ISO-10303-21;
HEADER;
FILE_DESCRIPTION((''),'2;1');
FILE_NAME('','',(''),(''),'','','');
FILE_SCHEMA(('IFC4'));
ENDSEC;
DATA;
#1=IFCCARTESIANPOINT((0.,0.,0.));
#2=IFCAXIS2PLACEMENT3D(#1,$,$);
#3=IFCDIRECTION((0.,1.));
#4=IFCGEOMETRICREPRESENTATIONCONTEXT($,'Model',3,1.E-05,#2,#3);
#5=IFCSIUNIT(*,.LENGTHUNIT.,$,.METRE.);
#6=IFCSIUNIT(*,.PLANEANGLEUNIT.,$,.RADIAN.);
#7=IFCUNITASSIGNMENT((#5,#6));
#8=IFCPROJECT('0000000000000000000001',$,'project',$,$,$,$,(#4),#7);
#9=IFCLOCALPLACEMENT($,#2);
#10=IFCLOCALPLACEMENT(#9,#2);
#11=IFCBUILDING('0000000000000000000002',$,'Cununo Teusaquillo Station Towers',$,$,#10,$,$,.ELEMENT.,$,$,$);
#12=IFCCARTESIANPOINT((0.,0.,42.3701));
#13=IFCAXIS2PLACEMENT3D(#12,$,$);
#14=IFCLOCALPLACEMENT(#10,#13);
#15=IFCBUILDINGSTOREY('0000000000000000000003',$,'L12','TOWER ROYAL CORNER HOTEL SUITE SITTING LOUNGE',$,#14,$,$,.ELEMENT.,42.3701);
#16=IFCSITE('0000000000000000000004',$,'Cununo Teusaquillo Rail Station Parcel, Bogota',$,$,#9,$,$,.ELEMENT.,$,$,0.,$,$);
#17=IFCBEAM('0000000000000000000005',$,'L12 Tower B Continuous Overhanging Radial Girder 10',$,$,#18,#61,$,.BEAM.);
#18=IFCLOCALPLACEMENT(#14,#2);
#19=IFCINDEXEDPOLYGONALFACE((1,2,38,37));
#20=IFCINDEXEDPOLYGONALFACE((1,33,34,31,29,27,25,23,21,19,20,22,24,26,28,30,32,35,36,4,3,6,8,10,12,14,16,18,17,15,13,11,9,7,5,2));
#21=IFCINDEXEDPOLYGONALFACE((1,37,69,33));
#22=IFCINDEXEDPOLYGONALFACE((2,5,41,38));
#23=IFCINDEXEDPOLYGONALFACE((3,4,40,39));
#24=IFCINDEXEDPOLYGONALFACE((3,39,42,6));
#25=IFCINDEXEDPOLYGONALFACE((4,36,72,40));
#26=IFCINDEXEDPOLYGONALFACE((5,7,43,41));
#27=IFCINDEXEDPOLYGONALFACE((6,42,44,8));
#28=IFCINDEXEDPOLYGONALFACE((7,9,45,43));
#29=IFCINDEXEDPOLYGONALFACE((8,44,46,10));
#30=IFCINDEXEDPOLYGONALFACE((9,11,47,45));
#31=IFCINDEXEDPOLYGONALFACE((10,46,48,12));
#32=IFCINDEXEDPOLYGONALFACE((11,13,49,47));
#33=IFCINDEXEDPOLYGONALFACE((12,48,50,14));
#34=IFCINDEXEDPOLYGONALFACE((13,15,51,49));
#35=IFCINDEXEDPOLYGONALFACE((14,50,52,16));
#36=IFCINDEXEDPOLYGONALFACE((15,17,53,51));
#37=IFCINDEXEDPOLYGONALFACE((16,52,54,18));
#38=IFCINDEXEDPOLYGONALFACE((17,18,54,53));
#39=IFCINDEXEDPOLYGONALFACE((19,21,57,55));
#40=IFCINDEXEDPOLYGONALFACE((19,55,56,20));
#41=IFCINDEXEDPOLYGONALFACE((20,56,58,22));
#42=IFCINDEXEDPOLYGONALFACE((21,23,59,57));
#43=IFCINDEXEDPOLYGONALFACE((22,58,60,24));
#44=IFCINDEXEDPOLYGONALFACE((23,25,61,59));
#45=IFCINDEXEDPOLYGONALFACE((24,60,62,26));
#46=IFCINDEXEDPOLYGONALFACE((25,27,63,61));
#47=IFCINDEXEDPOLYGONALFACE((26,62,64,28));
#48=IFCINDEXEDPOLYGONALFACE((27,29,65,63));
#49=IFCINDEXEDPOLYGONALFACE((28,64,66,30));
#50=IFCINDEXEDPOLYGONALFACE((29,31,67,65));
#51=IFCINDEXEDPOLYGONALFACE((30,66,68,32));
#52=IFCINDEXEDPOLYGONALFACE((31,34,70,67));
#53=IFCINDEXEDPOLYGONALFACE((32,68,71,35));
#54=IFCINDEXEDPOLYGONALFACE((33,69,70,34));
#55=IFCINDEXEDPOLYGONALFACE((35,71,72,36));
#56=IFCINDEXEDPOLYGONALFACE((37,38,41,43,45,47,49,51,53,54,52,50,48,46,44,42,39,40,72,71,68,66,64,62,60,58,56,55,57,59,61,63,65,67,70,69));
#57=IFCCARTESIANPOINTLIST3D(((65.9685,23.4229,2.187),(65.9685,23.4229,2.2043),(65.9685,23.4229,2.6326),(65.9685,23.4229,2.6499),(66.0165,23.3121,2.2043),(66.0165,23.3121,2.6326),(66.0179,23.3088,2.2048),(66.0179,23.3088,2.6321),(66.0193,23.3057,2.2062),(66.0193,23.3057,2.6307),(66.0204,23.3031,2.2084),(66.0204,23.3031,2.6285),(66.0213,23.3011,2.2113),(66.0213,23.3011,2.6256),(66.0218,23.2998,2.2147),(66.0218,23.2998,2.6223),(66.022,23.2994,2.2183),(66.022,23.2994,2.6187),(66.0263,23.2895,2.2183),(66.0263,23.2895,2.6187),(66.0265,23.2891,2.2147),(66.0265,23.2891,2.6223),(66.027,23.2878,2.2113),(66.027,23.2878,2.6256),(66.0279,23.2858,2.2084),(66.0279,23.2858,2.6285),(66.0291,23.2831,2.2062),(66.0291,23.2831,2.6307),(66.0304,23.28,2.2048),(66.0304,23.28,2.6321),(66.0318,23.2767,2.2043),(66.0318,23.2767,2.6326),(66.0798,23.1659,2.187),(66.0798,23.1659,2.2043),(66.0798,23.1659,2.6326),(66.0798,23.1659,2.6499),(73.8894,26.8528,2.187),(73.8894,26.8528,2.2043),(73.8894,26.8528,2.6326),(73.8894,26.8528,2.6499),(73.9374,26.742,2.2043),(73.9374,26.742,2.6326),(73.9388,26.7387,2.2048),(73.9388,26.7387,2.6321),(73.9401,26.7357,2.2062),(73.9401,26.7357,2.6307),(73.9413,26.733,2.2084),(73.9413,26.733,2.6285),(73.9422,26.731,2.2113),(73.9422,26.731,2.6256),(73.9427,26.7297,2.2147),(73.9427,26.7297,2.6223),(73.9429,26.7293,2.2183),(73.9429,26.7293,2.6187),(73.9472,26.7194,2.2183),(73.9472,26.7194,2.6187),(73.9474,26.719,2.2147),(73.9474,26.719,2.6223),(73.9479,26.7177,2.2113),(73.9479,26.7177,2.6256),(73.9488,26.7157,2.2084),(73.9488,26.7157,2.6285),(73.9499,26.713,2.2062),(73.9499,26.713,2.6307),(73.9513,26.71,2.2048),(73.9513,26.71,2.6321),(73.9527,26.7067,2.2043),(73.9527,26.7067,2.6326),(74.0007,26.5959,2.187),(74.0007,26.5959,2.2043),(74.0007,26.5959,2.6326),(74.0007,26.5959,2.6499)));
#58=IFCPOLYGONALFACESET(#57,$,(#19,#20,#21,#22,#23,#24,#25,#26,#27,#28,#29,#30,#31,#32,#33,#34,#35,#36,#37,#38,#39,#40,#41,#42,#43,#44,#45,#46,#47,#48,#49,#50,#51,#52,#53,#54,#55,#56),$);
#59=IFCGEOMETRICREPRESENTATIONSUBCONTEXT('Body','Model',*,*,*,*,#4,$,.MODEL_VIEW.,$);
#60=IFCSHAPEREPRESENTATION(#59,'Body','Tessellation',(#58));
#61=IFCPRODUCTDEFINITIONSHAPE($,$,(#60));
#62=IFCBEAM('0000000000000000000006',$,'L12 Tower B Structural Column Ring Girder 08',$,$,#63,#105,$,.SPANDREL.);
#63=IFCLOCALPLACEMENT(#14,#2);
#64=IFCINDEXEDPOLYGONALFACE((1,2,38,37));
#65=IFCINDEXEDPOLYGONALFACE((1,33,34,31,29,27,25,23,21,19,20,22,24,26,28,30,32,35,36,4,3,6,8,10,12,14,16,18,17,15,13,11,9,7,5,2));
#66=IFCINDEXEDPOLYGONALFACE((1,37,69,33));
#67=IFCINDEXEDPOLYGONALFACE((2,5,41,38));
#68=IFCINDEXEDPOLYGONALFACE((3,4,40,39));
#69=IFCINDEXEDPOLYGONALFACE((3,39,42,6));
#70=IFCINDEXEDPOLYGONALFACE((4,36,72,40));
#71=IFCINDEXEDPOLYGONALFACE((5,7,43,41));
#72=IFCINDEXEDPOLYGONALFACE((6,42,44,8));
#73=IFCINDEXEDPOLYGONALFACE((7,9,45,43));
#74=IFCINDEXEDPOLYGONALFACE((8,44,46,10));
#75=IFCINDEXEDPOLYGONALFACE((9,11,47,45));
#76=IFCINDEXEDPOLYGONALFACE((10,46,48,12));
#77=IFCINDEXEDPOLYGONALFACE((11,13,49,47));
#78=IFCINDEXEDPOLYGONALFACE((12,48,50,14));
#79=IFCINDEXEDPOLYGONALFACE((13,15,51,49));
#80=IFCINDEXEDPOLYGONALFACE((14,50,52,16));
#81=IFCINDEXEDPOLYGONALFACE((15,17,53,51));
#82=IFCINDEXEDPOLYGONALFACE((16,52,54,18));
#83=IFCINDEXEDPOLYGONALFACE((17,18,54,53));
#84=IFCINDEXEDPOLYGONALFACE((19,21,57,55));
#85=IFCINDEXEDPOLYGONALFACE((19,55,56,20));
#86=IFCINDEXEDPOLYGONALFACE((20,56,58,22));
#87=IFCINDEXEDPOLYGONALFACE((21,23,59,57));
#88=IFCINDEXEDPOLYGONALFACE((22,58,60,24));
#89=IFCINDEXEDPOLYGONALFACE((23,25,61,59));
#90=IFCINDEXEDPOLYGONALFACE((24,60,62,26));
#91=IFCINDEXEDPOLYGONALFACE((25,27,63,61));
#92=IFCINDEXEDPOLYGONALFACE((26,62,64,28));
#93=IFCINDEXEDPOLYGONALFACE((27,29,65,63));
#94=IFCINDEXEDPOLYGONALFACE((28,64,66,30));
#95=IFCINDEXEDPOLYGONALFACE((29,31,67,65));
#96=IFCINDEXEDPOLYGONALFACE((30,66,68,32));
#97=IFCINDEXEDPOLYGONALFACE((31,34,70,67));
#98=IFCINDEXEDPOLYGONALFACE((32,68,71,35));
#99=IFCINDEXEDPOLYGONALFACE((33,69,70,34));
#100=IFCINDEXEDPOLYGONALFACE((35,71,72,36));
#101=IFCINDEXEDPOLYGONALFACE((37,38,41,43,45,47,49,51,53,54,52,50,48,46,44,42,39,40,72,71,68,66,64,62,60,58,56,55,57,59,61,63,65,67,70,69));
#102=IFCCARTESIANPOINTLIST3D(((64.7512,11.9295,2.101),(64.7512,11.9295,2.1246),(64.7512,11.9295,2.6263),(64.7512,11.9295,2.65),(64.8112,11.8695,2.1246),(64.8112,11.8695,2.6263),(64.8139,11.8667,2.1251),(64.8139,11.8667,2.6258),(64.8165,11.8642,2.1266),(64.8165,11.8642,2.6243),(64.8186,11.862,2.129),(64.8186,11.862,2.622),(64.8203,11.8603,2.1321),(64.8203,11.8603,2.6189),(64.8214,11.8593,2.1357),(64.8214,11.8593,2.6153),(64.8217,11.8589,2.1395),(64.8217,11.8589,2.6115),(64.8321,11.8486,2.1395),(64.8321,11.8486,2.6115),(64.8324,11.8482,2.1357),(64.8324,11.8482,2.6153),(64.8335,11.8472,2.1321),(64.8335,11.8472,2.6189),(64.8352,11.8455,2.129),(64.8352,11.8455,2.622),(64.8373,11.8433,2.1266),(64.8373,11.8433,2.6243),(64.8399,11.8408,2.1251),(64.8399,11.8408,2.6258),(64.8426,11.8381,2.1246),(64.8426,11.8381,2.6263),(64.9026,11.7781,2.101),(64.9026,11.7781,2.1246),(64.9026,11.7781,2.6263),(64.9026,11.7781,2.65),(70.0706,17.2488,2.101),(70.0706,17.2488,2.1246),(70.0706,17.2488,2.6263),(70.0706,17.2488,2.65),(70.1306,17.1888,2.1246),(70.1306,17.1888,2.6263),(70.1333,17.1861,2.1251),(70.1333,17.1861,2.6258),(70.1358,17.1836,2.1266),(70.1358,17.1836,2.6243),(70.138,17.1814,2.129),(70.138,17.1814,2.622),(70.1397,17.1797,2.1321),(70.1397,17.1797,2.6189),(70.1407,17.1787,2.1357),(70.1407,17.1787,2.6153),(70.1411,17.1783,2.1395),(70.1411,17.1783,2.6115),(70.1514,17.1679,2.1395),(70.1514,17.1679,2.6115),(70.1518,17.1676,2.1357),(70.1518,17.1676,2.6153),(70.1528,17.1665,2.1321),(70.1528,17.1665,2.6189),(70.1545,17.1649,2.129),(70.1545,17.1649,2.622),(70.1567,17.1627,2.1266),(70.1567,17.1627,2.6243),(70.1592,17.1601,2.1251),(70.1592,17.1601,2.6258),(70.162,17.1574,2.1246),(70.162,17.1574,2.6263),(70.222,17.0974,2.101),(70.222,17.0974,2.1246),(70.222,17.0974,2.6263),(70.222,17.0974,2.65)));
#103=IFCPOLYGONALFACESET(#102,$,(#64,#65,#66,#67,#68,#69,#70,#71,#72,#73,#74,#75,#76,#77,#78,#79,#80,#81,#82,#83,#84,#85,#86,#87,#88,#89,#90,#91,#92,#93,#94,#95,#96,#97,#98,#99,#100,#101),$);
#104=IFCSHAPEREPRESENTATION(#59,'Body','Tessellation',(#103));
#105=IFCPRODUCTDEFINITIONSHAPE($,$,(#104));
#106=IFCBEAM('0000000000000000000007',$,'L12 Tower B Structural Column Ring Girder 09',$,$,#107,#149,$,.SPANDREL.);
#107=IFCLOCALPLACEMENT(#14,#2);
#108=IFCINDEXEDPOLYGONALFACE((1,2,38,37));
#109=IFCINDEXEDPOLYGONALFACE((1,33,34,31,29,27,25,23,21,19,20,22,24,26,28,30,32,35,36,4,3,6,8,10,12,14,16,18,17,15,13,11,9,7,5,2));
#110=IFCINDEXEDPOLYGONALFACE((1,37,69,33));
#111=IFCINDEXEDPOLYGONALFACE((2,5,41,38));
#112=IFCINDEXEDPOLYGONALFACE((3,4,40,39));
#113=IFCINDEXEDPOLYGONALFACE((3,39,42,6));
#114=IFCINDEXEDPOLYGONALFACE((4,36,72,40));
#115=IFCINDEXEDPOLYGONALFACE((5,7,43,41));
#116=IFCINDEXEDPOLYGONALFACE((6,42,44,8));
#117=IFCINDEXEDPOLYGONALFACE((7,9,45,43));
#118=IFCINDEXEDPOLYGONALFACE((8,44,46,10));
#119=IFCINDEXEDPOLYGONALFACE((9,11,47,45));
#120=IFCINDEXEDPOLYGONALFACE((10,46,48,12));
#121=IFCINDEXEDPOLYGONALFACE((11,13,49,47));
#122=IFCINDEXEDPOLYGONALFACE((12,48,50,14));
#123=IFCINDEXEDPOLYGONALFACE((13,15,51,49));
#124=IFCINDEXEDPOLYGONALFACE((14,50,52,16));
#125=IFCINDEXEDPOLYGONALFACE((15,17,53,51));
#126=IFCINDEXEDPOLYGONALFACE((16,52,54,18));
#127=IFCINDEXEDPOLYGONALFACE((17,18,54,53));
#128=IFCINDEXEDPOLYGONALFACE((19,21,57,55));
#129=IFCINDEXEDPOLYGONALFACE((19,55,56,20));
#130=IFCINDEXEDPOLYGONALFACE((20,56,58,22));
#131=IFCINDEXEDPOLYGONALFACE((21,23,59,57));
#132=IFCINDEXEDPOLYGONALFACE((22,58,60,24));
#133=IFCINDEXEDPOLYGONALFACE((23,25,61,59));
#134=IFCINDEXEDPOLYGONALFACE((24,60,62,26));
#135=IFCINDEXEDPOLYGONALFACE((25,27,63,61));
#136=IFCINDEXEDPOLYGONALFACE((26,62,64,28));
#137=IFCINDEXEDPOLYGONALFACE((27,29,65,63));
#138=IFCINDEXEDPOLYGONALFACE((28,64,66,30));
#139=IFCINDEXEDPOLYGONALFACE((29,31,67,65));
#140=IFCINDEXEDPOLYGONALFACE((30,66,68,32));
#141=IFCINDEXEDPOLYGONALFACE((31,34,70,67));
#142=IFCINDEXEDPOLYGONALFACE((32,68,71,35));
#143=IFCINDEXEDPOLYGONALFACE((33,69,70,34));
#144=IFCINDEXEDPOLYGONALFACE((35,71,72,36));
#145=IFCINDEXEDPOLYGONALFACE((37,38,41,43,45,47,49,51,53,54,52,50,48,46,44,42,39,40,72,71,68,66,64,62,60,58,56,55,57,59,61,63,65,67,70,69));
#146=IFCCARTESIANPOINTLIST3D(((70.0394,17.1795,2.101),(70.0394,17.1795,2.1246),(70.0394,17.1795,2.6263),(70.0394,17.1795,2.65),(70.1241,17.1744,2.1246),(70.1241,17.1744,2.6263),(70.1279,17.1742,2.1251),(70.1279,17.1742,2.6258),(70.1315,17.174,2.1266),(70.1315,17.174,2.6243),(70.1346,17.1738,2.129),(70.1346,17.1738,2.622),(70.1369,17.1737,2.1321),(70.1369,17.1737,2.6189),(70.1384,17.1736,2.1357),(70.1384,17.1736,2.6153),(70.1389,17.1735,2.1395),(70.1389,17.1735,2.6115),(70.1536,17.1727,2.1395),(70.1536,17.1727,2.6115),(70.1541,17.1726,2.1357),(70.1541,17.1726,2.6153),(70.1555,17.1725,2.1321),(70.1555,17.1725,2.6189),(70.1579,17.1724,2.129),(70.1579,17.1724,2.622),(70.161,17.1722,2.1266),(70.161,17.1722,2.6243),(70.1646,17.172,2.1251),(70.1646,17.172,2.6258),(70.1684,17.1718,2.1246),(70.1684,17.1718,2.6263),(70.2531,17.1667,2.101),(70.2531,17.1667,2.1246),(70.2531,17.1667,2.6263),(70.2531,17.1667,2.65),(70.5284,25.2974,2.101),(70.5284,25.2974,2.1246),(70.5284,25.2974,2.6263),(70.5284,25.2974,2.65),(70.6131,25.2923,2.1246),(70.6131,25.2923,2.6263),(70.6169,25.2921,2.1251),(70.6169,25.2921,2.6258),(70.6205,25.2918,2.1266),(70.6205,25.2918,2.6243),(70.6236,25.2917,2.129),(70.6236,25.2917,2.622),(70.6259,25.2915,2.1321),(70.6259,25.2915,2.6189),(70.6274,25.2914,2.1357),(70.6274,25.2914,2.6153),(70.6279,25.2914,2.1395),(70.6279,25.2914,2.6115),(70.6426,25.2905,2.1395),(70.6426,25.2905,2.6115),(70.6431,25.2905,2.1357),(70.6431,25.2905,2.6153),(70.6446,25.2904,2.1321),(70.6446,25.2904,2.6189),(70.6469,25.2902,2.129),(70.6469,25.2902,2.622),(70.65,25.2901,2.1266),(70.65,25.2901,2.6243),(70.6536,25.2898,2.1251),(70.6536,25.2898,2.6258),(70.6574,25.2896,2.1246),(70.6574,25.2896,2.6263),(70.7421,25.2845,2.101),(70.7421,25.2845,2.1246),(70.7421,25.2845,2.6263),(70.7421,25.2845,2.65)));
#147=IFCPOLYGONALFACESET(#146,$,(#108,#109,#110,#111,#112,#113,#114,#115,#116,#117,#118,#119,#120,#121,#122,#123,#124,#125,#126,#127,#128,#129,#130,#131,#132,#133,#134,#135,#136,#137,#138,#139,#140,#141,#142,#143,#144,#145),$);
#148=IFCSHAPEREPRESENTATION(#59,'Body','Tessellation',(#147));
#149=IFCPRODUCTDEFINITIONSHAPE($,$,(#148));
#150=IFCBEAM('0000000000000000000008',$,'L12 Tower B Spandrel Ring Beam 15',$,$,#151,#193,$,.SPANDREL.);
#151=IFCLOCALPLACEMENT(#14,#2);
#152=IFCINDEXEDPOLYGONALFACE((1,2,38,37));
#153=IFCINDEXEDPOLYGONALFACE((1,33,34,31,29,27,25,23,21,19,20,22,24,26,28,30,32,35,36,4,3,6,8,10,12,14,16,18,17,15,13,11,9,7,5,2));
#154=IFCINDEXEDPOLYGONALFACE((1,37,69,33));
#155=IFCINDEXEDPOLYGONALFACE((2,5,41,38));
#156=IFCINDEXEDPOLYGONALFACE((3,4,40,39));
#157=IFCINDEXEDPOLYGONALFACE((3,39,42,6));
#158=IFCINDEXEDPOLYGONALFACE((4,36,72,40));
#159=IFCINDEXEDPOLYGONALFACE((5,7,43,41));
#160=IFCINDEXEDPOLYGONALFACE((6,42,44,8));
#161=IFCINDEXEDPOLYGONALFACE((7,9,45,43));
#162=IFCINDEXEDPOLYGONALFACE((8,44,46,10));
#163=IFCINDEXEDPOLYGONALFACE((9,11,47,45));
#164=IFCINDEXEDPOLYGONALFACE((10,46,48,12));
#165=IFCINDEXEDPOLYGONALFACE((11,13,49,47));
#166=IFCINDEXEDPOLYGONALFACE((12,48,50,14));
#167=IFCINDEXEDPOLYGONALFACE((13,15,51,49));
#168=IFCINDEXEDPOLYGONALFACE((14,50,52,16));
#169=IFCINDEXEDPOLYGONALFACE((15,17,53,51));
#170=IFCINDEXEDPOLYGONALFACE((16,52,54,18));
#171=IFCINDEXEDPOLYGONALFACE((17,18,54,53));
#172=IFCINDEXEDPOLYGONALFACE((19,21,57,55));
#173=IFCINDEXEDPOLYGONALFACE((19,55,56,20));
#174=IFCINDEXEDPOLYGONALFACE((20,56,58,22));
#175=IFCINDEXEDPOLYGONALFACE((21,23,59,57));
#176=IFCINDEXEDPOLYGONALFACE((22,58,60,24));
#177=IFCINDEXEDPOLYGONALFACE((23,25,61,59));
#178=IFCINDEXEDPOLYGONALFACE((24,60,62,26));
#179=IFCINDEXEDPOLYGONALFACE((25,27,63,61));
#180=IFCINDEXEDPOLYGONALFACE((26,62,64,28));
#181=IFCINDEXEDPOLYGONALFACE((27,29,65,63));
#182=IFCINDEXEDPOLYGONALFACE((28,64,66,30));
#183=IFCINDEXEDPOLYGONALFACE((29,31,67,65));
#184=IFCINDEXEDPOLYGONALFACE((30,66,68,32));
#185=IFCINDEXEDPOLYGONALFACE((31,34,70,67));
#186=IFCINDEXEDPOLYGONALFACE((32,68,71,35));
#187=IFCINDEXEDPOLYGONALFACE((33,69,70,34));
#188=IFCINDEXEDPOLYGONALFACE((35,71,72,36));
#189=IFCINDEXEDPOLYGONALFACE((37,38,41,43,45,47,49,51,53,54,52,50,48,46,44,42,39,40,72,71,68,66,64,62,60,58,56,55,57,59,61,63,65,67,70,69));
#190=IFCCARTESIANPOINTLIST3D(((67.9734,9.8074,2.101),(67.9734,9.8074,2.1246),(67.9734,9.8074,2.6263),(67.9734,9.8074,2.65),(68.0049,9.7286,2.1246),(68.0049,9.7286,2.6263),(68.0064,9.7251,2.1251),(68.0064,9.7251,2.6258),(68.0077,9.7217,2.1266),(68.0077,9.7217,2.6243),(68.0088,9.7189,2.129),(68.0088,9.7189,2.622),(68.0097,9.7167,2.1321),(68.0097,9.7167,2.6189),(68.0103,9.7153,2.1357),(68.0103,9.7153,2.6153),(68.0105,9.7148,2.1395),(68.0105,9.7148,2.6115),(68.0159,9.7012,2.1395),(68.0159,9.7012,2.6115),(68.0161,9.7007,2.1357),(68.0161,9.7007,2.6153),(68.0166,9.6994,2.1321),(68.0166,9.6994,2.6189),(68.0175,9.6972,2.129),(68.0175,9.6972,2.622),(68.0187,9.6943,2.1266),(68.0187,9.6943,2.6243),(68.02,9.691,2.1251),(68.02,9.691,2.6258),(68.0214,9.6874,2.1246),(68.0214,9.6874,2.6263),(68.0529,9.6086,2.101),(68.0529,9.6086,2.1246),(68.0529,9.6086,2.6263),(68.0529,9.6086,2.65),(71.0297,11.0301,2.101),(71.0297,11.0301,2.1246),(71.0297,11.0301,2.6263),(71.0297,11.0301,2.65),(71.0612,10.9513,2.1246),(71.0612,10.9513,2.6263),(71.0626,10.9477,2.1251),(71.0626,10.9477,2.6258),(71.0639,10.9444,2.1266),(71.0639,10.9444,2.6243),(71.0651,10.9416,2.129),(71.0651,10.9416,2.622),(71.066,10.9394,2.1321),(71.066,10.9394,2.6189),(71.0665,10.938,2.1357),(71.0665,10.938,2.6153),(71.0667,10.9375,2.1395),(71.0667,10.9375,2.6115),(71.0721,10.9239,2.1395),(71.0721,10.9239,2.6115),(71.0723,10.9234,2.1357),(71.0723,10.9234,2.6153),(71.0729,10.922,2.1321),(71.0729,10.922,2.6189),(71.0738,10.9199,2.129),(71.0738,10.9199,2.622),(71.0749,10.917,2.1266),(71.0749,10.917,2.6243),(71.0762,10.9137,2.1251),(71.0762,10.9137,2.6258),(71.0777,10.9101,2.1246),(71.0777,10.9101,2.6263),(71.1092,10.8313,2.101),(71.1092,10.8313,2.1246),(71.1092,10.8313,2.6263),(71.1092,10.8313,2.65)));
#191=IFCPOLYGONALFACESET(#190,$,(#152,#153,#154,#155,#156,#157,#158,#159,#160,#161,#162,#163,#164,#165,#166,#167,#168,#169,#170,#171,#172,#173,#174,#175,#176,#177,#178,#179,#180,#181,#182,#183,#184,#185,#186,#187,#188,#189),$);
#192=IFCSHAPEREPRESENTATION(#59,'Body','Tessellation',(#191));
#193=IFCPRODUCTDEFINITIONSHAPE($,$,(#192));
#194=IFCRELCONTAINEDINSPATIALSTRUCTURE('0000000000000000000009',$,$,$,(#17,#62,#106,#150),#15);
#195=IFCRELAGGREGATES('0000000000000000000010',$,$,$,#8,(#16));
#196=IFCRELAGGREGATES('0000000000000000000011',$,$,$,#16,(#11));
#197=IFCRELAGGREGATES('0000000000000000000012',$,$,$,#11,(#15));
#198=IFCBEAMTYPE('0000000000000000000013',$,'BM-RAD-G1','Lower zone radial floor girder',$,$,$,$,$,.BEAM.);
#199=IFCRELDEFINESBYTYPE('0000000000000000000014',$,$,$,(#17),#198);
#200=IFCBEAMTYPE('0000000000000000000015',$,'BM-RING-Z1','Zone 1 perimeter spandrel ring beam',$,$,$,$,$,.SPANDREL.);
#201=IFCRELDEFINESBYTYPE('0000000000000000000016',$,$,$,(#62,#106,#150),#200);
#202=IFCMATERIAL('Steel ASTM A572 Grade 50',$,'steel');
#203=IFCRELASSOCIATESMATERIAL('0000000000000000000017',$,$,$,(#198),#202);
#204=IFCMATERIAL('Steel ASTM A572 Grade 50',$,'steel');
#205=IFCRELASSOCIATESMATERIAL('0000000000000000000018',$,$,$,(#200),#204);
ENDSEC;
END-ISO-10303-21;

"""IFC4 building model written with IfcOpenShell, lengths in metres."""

from ifc_helpers import new_model, si_unit, direction, frame, origin, origin_2d, place, context, subcontext, project, spatial, i_section, extrude, material, material_profile, profile_set, type_object, element, save


model = new_model("IFC4")

# Units and contexts
model_context = context("Model", 3, precision=1e-05, world=origin(), true_north=direction((0.0, 1.0)))
body_context = subcontext(model_context, "Body", "Model", "MODEL_VIEW")
ifc_project = project(units=[si_unit("LENGTHUNIT", "METRE"), si_unit("PLANEANGLEUNIT", "RADIAN")], contexts=[model_context])

# Site, building, storey
site_placement = place(None, origin())
site = spatial("IfcSite", under=ifc_project, at=site_placement, Name="Cununo Teusaquillo Rail Station Parcel, Bogota", CompositionType="ELEMENT", RefElevation=0.0)
building_placement = place(site_placement, origin())
building = spatial("IfcBuilding", under=site, at=building_placement, Name="Cununo Teusaquillo Station Towers", CompositionType="ELEMENT")
storey_placement = place(building_placement, frame((0.0, 0.0, 42.3701)))
storey = spatial("IfcBuildingStorey", under=building, at=storey_placement, Name="L12", Description="TOWER ROYAL CORNER HOTEL SUITE SITTING LOUNGE", CompositionType="ELEMENT", Elevation=42.3701)

# Beams
ifc_material_1 = material(Name="Steel ASTM A572 Grade 50", Category="steel")
ifc_material_profile_1 = material_profile(ifc_material_1, i_section(OverallWidth=0.28, OverallDepth=0.4629, WebThickness=0.0107, FlangeThickness=0.0173, FilletRadius=0.0139, at=origin_2d()), Name="W18X76")
ifc_profile_set_1 = profile_set([ifc_material_profile_1], Name="Steel ASTM A572 Grade 50")
beam_type_1 = type_object("IfcBeamType", Name="BM-RAD-G1", Description="Lower zone radial floor girder", PredefinedType="BEAM", material=ifc_profile_set_1)
beam_1_placement = place(storey_placement, frame((66.0242, 23.2944, 2.4185), z_axis=(0.917659, 0.397368, 0.0), x_axis=(-0.397368, 0.917659, 0.0)))
element("IfcBeam", 1, at=beam_1_placement, inside=storey, type_object=beam_type_1, Name="L12 Tower B Continuous Overhanging Radial Girder 10", PredefinedType="BEAM", context=body_context, shape_type="SweptSolid", body=[
    extrude(i_section(OverallWidth=0.28, OverallDepth=0.4629, WebThickness=0.0107, FlangeThickness=0.0173, FilletRadius=0.0139, at=origin_2d()), origin(), (0.0, 0.0, 1.0), 8.6316),
])
ifc_material_2 = material(Name="Steel ASTM A572 Grade 50", Category="steel")
ifc_material_profile_2 = material_profile(ifc_material_2, i_section(OverallWidth=0.2141, OverallDepth=0.5491, WebThickness=0.0146, FlangeThickness=0.0237, FilletRadius=0.0149, at=origin_2d()), Name="W21X93")
ifc_profile_set_2 = profile_set([ifc_material_profile_2], Name="Steel ASTM A572 Grade 50")
beam_type_2 = type_object("IfcBeamType", Name="BM-RING-Z1", Description="Zone 1 perimeter spandrel ring beam", PredefinedType="SPANDREL", material=ifc_profile_set_2)
beam_2_placement = place(storey_placement, frame((64.8269, 11.8538, 2.3755), z_axis=(0.707107, 0.707107, 0.0), x_axis=(-0.707107, 0.707107, 0.0)))
element("IfcBeam", 2, at=beam_2_placement, inside=storey, type_object=beam_type_2, Name="L12 Tower B Structural Column Ring Girder 08", PredefinedType="SPANDREL", context=body_context, shape_type="SweptSolid", body=[
    extrude(i_section(OverallWidth=0.2141, OverallDepth=0.5491, WebThickness=0.0146, FlangeThickness=0.0237, FilletRadius=0.0149, at=origin_2d()), origin(), (0.0, 0.0, 1.0), 7.5227),
])
beam_3_placement = place(storey_placement, frame((70.1462, 17.1731, 2.3755), z_axis=(0.06013, 0.998191, 0.0), x_axis=(-0.998191, 0.06013, 0.0)))
element("IfcBeam", 3, at=beam_3_placement, inside=storey, type_object=beam_type_2, Name="L12 Tower B Structural Column Ring Girder 09", PredefinedType="SPANDREL", context=body_context, shape_type="SweptSolid", body=[
    extrude(i_section(OverallWidth=0.2141, OverallDepth=0.5491, WebThickness=0.0146, FlangeThickness=0.0237, FilletRadius=0.0149, at=origin_2d()), origin(), (0.0, 0.0, 1.0), 8.1326),
])
for number, where, z_axis, x_axis, name in (
    (4, (68.0132, 9.708, 2.3755), (0.928456, 0.371442, 0.0), (-0.371442, 0.928456, 0.0), "L12 Tower B Spandrel Ring Beam 15"),
):
    element("IfcBeam", number, at=place(storey_placement, frame(where, z_axis=z_axis, x_axis=x_axis)), inside=storey, type_object=beam_type_2, Name=name, PredefinedType="SPANDREL", context=body_context, shape_type="SweptSolid", body=[
        extrude(i_section(OverallWidth=0.2141, OverallDepth=0.5491, WebThickness=0.0146, FlangeThickness=0.0237, FilletRadius=0.0149, at=origin_2d()), origin(), (0.0, 0.0, 1.0), 3.2917),
    ])

save(model, "model.ifc")
